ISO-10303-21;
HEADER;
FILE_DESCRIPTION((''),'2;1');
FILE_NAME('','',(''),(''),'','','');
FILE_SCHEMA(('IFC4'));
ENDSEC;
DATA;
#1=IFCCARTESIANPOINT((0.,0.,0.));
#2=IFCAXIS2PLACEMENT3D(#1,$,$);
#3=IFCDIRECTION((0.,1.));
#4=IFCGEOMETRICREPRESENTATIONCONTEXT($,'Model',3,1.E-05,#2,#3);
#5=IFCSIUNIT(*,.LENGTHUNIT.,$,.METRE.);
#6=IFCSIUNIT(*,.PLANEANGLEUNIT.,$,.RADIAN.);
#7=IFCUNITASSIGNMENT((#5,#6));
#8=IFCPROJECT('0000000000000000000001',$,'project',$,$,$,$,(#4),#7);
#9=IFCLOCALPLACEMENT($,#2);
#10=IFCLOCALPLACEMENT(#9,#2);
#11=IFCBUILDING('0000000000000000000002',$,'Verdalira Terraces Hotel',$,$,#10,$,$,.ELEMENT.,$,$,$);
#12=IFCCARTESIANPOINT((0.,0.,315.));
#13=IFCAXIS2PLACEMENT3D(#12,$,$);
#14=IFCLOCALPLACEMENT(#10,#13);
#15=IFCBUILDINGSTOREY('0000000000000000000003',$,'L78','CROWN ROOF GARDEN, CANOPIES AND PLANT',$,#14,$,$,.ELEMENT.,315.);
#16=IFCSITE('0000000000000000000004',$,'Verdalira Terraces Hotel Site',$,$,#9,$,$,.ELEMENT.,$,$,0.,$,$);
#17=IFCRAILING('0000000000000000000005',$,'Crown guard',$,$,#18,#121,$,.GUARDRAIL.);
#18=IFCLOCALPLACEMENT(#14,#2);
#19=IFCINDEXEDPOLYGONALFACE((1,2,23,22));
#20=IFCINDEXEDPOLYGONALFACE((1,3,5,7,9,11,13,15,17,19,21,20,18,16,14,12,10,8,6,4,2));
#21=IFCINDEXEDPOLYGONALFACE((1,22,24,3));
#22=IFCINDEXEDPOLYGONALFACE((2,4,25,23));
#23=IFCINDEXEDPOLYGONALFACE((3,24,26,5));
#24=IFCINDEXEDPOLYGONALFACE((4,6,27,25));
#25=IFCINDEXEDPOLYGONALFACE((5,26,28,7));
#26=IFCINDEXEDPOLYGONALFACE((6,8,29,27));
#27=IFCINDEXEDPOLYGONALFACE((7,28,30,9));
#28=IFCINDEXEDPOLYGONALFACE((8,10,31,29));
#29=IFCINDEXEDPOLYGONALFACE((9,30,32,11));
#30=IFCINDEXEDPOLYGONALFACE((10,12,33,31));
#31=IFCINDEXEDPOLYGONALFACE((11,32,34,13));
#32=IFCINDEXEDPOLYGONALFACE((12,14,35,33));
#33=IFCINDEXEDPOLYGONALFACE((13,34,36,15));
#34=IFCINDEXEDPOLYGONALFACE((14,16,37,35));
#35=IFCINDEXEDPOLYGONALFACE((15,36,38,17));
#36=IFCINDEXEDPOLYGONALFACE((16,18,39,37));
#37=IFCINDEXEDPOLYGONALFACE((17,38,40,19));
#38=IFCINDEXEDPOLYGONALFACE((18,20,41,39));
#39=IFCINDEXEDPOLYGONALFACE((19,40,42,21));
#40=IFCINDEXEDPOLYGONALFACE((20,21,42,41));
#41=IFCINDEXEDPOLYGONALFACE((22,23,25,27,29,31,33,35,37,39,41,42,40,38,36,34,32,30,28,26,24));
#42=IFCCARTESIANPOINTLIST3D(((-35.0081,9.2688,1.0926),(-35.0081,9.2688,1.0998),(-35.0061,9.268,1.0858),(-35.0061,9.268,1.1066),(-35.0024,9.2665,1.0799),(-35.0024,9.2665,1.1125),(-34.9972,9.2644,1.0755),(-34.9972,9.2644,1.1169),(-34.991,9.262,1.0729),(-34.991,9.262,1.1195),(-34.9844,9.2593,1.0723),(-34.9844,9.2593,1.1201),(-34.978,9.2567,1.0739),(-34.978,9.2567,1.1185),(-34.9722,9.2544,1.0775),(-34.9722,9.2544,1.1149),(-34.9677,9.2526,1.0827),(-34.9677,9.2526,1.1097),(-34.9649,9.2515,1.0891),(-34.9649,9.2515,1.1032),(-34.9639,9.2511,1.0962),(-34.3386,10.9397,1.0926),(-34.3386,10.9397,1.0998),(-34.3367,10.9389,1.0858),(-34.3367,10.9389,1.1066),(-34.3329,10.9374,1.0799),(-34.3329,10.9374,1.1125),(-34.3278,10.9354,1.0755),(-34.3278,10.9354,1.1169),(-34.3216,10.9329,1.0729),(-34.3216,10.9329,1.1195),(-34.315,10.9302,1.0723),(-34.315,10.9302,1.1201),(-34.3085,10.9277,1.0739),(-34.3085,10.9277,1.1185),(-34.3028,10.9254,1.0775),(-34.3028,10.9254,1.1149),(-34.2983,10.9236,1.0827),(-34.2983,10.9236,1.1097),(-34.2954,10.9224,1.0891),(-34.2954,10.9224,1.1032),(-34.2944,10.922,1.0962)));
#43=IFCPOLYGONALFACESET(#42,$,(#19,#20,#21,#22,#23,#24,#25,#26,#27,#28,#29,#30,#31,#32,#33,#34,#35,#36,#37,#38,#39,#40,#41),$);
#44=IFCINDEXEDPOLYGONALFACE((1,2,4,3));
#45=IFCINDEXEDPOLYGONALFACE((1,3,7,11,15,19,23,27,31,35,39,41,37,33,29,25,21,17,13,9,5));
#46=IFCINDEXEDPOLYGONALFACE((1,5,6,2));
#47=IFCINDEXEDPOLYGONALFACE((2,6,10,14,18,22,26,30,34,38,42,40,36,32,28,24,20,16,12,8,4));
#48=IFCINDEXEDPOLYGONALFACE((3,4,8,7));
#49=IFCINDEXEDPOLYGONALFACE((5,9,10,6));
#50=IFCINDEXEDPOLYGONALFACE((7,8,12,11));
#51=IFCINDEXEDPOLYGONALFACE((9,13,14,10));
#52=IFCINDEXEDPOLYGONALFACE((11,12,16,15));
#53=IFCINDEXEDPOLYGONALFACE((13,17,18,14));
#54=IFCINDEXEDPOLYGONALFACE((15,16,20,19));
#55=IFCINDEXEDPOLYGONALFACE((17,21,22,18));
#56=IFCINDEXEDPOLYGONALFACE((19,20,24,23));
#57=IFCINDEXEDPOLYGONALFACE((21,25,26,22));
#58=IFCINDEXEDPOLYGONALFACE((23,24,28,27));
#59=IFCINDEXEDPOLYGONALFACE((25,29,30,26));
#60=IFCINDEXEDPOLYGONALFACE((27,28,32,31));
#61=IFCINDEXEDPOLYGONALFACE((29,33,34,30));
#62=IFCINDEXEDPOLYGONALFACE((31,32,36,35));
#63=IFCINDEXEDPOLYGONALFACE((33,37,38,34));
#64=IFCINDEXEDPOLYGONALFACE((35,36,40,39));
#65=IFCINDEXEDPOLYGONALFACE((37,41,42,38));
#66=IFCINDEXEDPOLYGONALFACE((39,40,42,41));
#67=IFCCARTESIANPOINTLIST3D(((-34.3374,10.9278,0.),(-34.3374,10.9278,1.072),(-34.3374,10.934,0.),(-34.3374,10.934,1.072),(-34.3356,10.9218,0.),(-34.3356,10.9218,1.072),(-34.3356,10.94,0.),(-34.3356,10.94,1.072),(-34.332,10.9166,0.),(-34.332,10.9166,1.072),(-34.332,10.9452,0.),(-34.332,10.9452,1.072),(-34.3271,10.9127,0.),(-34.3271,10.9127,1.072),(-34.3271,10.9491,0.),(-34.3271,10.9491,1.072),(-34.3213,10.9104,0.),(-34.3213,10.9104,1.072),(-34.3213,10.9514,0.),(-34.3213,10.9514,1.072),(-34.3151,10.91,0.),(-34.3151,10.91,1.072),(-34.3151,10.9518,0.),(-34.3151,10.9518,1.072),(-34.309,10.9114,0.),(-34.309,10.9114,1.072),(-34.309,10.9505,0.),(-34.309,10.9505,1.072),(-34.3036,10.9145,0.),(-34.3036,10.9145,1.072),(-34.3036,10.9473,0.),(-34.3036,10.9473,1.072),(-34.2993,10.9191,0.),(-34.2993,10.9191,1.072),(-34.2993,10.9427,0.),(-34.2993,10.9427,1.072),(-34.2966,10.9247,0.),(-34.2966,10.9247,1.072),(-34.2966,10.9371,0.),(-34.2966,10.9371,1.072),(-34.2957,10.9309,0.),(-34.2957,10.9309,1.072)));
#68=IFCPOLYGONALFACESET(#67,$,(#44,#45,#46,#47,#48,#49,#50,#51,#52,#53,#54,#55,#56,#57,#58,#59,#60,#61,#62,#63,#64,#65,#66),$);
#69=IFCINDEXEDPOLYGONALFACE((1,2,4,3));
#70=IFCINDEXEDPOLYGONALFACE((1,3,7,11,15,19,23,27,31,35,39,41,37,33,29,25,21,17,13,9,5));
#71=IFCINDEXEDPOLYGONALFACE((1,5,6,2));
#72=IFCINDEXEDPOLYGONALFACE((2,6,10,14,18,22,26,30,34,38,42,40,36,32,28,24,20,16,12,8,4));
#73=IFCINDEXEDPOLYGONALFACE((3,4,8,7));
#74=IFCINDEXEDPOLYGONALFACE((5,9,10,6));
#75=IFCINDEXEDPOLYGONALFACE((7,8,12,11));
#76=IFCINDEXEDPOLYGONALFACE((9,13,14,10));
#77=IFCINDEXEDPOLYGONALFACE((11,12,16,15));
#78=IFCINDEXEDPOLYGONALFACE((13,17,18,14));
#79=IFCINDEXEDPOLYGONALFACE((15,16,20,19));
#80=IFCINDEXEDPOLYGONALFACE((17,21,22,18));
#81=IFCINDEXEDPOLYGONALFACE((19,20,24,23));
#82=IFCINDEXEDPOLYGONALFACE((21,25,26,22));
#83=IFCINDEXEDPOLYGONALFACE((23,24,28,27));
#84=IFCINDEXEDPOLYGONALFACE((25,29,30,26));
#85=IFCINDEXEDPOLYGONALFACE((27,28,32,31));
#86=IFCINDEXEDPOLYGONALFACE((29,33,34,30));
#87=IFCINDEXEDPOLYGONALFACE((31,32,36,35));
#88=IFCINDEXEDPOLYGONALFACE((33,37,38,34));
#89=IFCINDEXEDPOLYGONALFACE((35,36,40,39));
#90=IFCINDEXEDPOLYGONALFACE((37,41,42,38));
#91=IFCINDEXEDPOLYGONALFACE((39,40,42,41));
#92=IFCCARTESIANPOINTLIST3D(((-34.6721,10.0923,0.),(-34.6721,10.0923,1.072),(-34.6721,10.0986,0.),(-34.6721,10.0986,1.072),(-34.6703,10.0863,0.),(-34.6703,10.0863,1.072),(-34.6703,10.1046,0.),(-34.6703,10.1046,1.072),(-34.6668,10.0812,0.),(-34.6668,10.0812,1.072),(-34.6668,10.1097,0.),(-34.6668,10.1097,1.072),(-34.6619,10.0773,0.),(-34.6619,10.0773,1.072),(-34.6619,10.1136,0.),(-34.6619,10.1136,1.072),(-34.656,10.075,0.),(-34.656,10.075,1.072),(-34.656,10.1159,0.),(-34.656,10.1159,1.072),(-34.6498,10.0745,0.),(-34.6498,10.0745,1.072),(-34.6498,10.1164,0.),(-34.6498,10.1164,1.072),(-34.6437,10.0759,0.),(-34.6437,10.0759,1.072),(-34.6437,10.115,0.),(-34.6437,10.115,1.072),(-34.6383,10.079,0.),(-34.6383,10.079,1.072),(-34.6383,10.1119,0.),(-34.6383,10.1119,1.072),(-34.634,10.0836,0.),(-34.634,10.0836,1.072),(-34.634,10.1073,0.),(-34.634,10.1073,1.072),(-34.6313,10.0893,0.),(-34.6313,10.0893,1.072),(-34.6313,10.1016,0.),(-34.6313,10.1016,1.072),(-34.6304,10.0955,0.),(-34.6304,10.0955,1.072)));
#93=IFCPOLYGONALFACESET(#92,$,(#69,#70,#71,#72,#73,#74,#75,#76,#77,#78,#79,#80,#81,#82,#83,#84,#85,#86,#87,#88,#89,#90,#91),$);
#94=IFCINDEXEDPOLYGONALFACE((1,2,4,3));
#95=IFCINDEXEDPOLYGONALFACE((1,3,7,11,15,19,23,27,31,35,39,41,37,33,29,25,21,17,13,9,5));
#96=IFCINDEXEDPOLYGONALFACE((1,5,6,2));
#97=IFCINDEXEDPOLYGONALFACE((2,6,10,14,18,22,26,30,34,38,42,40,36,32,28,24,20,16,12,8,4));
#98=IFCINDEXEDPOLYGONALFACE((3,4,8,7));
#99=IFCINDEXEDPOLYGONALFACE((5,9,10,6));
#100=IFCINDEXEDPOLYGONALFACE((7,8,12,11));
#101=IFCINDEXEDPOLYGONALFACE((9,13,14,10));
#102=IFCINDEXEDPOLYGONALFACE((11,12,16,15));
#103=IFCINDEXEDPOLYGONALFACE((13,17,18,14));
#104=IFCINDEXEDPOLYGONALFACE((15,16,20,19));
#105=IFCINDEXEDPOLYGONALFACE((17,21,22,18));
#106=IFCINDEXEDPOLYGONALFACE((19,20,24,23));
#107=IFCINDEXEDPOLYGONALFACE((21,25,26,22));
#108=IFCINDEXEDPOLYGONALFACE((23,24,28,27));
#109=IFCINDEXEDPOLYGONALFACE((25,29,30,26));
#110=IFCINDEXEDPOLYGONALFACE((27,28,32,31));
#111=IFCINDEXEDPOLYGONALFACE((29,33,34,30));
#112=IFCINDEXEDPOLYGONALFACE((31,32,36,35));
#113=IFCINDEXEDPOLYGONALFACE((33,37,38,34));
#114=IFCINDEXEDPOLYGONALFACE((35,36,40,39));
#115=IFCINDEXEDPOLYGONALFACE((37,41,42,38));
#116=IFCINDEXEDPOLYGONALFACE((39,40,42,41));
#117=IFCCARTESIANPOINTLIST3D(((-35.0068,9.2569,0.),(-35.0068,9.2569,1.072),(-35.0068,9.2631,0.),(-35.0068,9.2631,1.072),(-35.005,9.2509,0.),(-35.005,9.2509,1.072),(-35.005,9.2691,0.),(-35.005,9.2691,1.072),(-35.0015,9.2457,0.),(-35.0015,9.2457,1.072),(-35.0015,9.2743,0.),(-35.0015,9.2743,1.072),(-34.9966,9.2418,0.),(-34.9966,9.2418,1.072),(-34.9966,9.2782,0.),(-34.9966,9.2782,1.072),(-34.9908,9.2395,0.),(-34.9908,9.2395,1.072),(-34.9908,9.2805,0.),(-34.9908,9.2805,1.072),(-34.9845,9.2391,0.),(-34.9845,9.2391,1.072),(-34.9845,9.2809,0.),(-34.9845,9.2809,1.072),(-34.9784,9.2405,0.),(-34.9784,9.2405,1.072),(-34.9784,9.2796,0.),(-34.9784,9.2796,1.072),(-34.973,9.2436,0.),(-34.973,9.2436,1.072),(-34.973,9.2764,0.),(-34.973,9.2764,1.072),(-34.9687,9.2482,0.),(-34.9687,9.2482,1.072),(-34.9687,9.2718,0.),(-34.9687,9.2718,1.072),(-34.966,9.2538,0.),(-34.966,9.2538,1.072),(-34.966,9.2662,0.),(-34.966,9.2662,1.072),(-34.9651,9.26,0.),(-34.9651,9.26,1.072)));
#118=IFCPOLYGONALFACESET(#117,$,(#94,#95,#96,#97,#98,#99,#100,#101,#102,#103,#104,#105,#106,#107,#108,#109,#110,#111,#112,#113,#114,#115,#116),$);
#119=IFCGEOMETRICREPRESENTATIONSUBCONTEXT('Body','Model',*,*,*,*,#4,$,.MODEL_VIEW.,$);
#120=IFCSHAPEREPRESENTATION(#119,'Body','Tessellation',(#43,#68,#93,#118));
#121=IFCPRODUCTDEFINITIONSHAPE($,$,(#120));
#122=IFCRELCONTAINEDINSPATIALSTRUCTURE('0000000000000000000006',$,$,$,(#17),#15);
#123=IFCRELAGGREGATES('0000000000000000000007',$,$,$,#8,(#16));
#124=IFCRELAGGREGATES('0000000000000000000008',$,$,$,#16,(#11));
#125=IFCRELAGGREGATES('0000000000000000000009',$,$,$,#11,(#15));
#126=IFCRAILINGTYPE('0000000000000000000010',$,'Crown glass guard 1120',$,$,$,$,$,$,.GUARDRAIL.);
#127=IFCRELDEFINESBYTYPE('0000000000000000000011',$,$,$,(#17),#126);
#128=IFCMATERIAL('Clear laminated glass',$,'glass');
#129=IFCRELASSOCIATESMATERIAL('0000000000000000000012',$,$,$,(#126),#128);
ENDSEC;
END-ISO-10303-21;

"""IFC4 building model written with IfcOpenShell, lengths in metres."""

from ifc_helpers import new_model, si_unit, direction, frame, origin, origin_2d, place, context, subcontext, project, spatial, circle, extrude, material, type_object, element, save


model = new_model("IFC4")

# Units and contexts
model_context = context("Model", 3, precision=1e-05, world=origin(), true_north=direction((0.0, 1.0)))
body_context = subcontext(model_context, "Body", "Model", "MODEL_VIEW")
ifc_project = project(units=[si_unit("LENGTHUNIT", "METRE"), si_unit("PLANEANGLEUNIT", "RADIAN")], contexts=[model_context])

# Site, building, storey
site_placement = place(None, origin())
site = spatial("IfcSite", under=ifc_project, at=site_placement, Name="Verdalira Terraces Hotel Site", CompositionType="ELEMENT", RefElevation=0.0)
building_placement = place(site_placement, origin())
building = spatial("IfcBuilding", under=site, at=building_placement, Name="Verdalira Terraces Hotel", CompositionType="ELEMENT")
storey_placement = place(building_placement, frame((0.0, 0.0, 315.0)))
storey = spatial("IfcBuildingStorey", under=building, at=storey_placement, Name="L78", Description="CROWN ROOF GARDEN, CANOPIES AND PLANT", CompositionType="ELEMENT", Elevation=315.0)

# Railing
ifc_material_1 = material(Name="Clear laminated glass", Category="glass")
railing_type = type_object("IfcRailingType", Name="Crown glass guard 1120", PredefinedType="GUARDRAIL", material=ifc_material_1)
railing_1_placement = place(storey_placement, frame((-34.3167, 10.9309, 0.0)))
element("IfcRailing", 1, at=railing_1_placement, inside=storey, type_object=railing_type, Name="Crown guard", PredefinedType="GUARDRAIL", context=body_context, shape_type="SweptSolid", body=[
    extrude(circle(Radius=0.0239, at=origin_2d()), frame((0.0, 0.0, 1.0962), z_axis=(-0.371905, -0.928271, 0.0), x_axis=(0.928271, -0.371905, 0.0)), (0.0, 0.0, 1.0), 1.8),
    extrude(circle(Radius=0.021, at=origin_2d()), origin(), (0.0, 0.0, 1.0), 1.072),
    extrude(circle(Radius=0.021, at=origin_2d()), frame((-0.3347, -0.8354, 0.0)), (0.0, 0.0, 1.0), 1.072),
    extrude(circle(Radius=0.021, at=origin_2d()), frame((-0.6694, -1.6709, 0.0)), (0.0, 0.0, 1.0), 1.072),
])

save(model, "model.ifc")
